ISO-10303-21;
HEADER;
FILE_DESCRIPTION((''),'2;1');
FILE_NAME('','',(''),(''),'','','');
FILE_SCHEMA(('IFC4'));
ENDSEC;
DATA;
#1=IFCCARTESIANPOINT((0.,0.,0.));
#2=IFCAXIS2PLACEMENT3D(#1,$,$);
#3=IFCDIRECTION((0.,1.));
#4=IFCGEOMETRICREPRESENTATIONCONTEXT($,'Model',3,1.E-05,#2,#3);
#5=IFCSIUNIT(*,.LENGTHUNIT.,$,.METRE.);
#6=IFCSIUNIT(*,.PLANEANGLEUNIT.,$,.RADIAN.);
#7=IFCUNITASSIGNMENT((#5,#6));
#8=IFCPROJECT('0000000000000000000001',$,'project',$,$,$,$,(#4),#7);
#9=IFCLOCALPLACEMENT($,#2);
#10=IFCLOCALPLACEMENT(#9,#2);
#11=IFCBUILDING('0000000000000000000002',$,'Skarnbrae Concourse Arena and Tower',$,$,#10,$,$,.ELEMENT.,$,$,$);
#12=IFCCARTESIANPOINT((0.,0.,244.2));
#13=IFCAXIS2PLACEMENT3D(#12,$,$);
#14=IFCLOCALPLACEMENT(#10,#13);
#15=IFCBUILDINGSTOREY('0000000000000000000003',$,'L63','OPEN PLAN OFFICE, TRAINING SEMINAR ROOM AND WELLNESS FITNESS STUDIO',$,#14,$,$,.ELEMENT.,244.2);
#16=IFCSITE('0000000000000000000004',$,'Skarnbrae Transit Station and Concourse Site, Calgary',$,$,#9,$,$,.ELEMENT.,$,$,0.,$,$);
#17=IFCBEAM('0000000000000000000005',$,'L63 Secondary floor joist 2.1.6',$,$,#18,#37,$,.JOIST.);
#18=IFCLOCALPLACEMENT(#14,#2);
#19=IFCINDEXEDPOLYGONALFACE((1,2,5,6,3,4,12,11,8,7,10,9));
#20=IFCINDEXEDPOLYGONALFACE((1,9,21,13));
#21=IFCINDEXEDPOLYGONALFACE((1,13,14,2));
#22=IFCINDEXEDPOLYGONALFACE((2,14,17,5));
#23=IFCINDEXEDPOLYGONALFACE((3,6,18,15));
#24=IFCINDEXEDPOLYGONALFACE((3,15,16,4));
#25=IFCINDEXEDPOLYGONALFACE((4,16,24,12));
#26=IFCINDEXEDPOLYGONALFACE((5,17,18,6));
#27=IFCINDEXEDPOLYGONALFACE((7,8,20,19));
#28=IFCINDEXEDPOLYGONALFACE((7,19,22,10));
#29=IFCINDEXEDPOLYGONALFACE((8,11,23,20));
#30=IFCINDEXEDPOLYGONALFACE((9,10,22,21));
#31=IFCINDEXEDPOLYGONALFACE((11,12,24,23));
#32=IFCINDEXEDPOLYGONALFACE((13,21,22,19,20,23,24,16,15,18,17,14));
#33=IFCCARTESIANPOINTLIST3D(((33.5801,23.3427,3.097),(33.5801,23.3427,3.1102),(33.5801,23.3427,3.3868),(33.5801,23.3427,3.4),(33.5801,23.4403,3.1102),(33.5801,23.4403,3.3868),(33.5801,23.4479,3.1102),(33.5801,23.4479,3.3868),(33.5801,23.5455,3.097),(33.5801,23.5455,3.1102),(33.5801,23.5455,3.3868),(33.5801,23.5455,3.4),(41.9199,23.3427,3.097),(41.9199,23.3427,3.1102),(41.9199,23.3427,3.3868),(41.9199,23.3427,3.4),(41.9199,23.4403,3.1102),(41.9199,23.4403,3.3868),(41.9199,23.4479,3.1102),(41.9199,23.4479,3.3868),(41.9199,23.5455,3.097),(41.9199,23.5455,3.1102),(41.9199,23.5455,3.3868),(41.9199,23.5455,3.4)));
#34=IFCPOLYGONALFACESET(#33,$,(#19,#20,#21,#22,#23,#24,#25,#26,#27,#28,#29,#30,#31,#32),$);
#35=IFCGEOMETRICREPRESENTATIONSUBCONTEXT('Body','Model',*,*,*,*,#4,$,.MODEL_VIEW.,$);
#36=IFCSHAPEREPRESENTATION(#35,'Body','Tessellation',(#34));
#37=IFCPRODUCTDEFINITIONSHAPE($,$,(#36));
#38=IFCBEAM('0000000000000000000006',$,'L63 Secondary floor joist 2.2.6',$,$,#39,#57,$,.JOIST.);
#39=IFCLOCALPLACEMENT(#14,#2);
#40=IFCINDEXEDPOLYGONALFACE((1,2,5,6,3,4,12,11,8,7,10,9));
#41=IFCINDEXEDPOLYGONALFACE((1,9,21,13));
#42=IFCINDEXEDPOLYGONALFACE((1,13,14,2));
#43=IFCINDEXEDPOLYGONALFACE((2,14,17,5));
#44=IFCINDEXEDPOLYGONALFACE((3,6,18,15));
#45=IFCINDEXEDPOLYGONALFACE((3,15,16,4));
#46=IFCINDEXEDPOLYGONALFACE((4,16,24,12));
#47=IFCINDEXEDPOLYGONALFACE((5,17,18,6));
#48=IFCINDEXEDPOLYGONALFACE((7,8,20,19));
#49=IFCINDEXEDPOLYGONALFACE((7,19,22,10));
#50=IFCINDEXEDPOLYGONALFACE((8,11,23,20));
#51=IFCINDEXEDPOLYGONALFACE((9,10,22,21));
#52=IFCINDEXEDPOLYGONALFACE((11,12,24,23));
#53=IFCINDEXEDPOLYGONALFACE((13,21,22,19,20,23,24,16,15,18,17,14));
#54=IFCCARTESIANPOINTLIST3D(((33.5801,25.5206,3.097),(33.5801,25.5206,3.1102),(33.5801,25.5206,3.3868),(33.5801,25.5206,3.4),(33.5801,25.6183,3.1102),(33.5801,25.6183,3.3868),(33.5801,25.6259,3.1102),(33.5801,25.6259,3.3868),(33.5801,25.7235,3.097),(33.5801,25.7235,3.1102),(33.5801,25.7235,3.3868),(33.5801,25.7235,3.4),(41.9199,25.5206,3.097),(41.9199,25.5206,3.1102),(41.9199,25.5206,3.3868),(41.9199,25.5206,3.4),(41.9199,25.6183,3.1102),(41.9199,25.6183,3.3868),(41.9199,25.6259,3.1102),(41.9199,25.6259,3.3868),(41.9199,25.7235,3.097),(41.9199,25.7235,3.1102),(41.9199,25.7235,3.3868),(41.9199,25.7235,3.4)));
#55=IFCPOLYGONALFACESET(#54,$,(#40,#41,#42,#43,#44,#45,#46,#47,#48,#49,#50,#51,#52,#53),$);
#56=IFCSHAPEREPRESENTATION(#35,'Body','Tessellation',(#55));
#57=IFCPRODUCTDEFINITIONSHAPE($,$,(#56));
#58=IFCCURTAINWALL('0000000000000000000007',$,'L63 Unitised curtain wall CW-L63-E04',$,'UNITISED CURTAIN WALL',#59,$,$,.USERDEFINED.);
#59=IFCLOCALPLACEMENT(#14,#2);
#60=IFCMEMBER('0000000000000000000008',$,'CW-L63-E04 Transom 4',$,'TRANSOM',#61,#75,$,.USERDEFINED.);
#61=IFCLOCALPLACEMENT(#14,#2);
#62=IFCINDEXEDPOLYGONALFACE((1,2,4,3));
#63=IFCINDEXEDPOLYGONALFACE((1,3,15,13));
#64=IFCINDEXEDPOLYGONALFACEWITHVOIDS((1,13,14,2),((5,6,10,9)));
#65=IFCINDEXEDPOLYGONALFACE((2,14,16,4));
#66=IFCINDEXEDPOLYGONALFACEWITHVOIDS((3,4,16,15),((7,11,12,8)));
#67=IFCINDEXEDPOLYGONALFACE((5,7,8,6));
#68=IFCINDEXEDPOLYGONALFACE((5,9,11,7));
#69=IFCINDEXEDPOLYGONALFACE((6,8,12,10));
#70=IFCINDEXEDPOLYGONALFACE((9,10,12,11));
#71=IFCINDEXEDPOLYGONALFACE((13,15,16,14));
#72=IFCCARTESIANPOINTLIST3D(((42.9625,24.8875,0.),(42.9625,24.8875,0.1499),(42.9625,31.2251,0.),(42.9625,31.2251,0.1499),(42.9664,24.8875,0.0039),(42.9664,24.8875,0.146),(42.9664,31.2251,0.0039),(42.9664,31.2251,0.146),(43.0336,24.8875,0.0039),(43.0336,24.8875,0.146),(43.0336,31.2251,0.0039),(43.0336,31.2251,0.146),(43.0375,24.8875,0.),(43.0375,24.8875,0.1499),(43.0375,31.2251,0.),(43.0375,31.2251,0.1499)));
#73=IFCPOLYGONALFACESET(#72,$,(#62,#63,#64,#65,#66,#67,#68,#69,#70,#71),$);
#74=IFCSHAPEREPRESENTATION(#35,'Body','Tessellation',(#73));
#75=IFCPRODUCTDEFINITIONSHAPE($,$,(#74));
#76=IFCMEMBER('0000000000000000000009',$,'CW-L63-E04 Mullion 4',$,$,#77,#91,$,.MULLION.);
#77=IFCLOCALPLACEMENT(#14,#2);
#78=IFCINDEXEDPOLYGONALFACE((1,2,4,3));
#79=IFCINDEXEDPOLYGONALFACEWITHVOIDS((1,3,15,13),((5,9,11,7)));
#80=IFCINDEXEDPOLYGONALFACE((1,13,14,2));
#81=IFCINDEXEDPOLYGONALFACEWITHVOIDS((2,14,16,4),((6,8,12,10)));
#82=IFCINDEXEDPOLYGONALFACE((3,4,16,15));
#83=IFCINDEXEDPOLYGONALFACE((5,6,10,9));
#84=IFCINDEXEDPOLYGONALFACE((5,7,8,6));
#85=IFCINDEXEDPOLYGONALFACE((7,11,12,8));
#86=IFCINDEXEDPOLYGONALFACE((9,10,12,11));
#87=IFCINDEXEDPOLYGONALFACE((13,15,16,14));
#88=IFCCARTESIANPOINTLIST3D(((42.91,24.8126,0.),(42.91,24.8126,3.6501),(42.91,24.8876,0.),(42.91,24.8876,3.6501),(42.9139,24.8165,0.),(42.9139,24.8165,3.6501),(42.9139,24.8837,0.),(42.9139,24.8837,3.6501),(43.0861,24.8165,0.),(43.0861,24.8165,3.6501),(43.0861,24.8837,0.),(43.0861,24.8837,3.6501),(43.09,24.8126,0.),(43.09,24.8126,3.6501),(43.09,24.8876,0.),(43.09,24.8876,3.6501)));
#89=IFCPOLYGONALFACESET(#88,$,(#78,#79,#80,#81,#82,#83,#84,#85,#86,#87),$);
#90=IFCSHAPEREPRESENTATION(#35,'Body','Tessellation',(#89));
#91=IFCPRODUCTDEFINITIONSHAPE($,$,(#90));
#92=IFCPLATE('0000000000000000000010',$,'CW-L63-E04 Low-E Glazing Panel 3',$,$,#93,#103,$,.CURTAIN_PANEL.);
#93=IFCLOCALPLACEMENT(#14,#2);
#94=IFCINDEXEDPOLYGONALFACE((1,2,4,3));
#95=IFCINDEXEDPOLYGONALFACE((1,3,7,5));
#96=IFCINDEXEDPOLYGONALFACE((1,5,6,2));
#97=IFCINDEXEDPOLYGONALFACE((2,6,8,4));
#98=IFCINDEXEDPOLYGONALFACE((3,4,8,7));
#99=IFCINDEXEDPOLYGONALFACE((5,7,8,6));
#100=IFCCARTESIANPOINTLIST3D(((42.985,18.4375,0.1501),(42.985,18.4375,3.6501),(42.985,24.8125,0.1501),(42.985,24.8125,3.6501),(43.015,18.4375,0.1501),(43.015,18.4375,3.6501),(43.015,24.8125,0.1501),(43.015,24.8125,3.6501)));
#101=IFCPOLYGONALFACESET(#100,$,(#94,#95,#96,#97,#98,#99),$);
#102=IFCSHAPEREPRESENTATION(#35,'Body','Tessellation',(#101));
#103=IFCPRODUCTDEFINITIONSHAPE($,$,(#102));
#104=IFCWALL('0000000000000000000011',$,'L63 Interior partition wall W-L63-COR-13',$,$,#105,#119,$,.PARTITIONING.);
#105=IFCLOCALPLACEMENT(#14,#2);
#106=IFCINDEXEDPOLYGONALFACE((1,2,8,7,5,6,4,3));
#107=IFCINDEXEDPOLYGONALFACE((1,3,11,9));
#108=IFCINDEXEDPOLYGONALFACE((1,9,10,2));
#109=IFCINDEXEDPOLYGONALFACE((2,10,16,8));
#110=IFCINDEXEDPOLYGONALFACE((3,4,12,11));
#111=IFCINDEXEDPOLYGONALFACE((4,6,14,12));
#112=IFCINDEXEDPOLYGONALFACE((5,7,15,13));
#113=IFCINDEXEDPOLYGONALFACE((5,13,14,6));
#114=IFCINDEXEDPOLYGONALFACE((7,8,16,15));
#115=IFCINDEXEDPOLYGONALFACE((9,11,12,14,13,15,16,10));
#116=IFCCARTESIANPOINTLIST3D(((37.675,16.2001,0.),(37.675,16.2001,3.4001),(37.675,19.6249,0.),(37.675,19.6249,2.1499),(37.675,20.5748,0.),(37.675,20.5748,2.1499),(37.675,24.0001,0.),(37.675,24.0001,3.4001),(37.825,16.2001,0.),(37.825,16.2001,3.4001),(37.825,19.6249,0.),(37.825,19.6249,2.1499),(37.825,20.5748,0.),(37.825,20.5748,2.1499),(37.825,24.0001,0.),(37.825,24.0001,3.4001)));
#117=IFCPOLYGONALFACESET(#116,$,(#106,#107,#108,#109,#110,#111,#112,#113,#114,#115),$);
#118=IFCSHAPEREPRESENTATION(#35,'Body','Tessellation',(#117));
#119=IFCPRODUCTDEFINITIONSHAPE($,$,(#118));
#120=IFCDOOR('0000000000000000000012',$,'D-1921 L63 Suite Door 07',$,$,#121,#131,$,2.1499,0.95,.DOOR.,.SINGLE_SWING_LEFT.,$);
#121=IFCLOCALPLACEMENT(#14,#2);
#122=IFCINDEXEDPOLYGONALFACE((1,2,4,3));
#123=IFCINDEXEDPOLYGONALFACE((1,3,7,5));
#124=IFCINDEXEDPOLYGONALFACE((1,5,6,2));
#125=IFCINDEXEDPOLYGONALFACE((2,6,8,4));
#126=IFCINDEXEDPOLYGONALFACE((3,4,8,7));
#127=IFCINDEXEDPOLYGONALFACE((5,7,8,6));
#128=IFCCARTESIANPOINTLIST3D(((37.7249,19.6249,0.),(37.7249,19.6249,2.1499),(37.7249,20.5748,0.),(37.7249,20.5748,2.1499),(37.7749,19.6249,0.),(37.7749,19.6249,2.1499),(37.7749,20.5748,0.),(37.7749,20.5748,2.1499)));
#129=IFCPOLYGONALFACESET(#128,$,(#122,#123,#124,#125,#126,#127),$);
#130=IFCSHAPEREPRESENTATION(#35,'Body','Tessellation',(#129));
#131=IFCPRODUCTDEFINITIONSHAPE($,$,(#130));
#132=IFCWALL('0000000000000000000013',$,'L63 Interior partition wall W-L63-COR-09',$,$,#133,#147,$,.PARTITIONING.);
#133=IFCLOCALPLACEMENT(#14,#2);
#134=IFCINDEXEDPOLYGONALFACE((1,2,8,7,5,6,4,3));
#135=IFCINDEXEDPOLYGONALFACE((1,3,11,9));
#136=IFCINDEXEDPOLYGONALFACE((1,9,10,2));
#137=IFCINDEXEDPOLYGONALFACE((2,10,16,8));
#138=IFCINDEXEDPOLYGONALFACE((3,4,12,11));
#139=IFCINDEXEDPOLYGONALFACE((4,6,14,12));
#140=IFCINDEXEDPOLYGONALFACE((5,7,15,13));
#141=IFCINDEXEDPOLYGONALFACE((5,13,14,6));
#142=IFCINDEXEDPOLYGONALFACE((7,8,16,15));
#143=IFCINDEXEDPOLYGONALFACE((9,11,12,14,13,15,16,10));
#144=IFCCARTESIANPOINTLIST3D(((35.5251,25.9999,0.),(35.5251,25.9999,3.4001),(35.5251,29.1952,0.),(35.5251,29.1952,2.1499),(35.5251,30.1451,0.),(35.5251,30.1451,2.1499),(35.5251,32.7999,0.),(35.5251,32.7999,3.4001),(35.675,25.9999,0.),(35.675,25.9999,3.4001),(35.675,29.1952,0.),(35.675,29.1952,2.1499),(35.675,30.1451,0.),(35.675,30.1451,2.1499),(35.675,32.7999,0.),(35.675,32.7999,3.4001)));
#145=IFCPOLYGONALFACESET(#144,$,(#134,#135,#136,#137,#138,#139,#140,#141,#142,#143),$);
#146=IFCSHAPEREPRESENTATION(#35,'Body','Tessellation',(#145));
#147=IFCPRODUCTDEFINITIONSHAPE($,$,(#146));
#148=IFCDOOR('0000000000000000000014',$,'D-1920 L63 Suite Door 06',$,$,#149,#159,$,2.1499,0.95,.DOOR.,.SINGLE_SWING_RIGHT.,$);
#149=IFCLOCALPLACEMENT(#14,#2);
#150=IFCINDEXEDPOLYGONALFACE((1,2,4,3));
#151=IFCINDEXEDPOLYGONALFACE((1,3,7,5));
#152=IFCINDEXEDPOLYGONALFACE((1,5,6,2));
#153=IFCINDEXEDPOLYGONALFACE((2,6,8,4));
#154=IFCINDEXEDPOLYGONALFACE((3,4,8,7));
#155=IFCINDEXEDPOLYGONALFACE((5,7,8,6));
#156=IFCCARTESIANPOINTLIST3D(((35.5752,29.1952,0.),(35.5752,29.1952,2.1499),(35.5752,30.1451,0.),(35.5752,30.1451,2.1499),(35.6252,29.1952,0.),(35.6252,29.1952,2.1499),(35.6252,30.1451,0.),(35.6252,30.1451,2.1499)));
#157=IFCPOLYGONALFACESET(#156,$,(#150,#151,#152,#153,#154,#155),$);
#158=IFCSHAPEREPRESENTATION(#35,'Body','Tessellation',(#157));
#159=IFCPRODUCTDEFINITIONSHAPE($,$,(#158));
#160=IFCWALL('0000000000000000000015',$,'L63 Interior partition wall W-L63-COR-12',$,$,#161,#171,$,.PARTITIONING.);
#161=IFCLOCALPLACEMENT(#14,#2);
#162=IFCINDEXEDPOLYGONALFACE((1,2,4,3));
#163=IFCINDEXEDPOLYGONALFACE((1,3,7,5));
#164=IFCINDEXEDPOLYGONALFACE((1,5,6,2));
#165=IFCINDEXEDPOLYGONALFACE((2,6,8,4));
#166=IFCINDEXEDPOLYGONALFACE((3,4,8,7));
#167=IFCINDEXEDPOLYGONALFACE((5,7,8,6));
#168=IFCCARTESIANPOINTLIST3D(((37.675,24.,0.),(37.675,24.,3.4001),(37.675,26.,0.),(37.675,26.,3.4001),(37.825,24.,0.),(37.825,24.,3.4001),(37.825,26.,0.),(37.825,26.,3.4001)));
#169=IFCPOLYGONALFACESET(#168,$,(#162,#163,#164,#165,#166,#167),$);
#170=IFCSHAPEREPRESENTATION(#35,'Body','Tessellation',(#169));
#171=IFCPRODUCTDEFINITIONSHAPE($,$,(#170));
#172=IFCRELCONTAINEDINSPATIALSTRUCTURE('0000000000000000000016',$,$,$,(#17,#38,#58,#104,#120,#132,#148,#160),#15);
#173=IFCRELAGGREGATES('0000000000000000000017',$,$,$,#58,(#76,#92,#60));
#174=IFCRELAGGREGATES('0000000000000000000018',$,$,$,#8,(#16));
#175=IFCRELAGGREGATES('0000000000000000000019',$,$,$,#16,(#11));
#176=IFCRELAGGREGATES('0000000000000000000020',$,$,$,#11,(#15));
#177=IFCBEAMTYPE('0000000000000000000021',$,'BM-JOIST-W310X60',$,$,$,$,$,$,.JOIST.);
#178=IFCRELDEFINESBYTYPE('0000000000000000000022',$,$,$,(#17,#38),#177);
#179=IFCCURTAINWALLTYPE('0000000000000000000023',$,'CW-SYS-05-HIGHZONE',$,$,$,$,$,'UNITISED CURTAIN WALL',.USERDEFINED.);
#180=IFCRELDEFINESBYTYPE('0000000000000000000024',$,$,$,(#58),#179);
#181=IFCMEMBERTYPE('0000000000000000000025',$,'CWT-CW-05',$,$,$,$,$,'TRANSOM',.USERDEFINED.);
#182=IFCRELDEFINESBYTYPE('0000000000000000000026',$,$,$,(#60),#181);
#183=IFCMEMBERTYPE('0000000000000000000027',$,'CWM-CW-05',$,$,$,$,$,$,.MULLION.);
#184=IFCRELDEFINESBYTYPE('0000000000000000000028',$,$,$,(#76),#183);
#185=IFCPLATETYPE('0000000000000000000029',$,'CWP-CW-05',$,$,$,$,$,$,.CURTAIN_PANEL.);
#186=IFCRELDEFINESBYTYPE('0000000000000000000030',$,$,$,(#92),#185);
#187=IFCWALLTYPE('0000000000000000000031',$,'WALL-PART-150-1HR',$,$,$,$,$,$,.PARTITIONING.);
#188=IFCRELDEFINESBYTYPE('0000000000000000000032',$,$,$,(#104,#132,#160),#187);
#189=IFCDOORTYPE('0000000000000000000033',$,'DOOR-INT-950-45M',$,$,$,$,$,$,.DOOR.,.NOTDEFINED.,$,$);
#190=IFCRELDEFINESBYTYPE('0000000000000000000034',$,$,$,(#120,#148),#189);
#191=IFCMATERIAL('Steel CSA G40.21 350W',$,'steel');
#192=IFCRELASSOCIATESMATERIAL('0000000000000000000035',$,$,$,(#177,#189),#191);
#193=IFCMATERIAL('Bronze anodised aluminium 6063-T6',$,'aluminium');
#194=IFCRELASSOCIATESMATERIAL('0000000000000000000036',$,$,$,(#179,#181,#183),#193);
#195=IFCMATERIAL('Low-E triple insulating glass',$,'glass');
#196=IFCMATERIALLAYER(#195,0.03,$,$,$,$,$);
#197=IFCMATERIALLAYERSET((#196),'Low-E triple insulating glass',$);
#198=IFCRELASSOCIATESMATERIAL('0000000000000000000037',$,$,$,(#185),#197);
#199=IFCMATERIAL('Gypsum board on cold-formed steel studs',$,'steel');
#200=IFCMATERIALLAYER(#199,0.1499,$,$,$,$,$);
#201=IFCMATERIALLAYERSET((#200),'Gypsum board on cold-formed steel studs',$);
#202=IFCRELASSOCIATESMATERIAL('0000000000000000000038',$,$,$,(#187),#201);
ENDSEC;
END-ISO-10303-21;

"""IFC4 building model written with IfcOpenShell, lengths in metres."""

from ifc_helpers import new_model, si_unit, direction, frame, frame_2d, origin, origin_2d, place, context, subcontext, project, spatial, rectangle, hollow_rectangle, i_section, extrude, source, transform, mapped, material, layer, layer_set, material_profile, profile_set, type_object, element, fill, aggregate, save


model = new_model("IFC4")

# Units and contexts
model_context = context("Model", 3, precision=1e-05, world=origin(), true_north=direction((0.0, 1.0)))
body_context = subcontext(model_context, "Body", "Model", "MODEL_VIEW")
ifc_project = project(units=[si_unit("LENGTHUNIT", "METRE"), si_unit("PLANEANGLEUNIT", "RADIAN")], contexts=[model_context])

# Site, building, storey
site_placement = place(None, origin())
site = spatial("IfcSite", under=ifc_project, at=site_placement, Name="Skarnbrae Transit Station and Concourse Site, Calgary", CompositionType="ELEMENT", RefElevation=0.0)
building_placement = place(site_placement, origin())
building = spatial("IfcBuilding", under=site, at=building_placement, Name="Skarnbrae Concourse Arena and Tower", CompositionType="ELEMENT")
storey_placement = place(building_placement, frame((0.0, 0.0, 244.2)))
storey = spatial("IfcBuildingStorey", under=building, at=storey_placement, Name="L63", Description="OPEN PLAN OFFICE, TRAINING SEMINAR ROOM AND WELLNESS FITNESS STUDIO", CompositionType="ELEMENT", Elevation=244.2)

# Shared definitions
ifc_material_1 = material(Name="Steel CSA G40.21 350W", Category="steel")

# Beams
ifc_material_profile_1 = material_profile(ifc_material_1, i_section(OverallWidth=0.2029, OverallDepth=0.303, WebThickness=0.0076, FlangeThickness=0.0132, at=origin_2d()), Name="W310X60")
ifc_profile_set_1 = profile_set([ifc_material_profile_1], Name="Steel CSA G40.21 350W")
beam_type_1 = type_object("IfcBeamType", Name="BM-JOIST-W310X60", PredefinedType="JOIST", material=ifc_profile_set_1)
shared_shape_1 = source(origin(), body_context, "Body", "SweptSolid", [
    extrude(i_section(OverallWidth=0.2029, OverallDepth=0.303, WebThickness=0.0076, FlangeThickness=0.0132, at=origin_2d()), origin(), (0.0, 0.0, 1.0), 8.3398),
])
for number, where, z_axis, x_axis, name in (
    (1, (33.5801, 23.4441, 3.2485), (1.0, 0.0, 0.0), (0.0, 1.0, 0.0), "L63 Secondary floor joist 2.1.6"),
    (2, (33.5801, 25.6221, 3.2485), (1.0, 0.0, 0.0), (0.0, 1.0, 0.0), "L63 Secondary floor joist 2.2.6"),
):
    element("IfcBeam", number, at=place(storey_placement, frame(where, z_axis=z_axis, x_axis=x_axis)), inside=storey, type_object=beam_type_1, Name=name, PredefinedType="JOIST", context=body_context, shape_type="MappedRepresentation", body=[
        mapped(shared_shape_1, transform((0.0, 0.0, 0.0))),
    ])

# Curtain wall, members, plate
ifc_material_2 = material(Name="Bronze anodised aluminium 6063-T6", Category="aluminium")
curtain_wall_type = type_object("IfcCurtainWallType", Name="CW-SYS-05-HIGHZONE", ElementType="UNITISED CURTAIN WALL", PredefinedType="USERDEFINED", material=ifc_material_2)
curtain_wall_placement = place(storey_placement, origin())
curtain_wall = element("IfcCurtainWall", 3, at=curtain_wall_placement, inside=storey, type_object=curtain_wall_type, Name="L63 Unitised curtain wall CW-L63-E04", ObjectType="UNITISED CURTAIN WALL", PredefinedType="USERDEFINED")
ifc_material_profile_2 = material_profile(ifc_material_2, hollow_rectangle(XDim=0.075, YDim=0.1499, WallThickness=0.0039, at=origin_2d()), Name="ALU-TRAN-75X150")
ifc_profile_set_2 = profile_set([ifc_material_profile_2], Name="Bronze anodised aluminium 6063-T6")
member_type_1 = type_object("IfcMemberType", Name="CWT-CW-05", ElementType="TRANSOM", PredefinedType="USERDEFINED", material=ifc_profile_set_2)
shared_shape_2 = source(origin(), body_context, "Body", "SweptSolid", [
    extrude(hollow_rectangle(XDim=0.075, YDim=0.1499, WallThickness=0.0039, at=origin_2d()), origin(), (0.0, 0.0, 1.0), 6.3376),
])
member_1_placement = place(storey_placement, frame((43.0, 24.8875, 0.075), z_axis=(0.0, 1.0, 0.0), x_axis=(-1.0, 0.0, 0.0)))
member_1 = element("IfcMember", 4, at=member_1_placement, type_object=member_type_1, Name="CW-L63-E04 Transom 4", ObjectType="TRANSOM", PredefinedType="USERDEFINED", context=body_context, shape_type="MappedRepresentation", body=[
    mapped(shared_shape_2, transform((0.0, 0.0, 0.0))),
])
ifc_material_profile_3 = material_profile(ifc_material_2, hollow_rectangle(XDim=0.075, YDim=0.1799, WallThickness=0.0039, at=origin_2d()), Name="ALU-MULL-75X180")
ifc_profile_set_3 = profile_set([ifc_material_profile_3], Name="Bronze anodised aluminium 6063-T6")
member_type_2 = type_object("IfcMemberType", Name="CWM-CW-05", PredefinedType="MULLION", material=ifc_profile_set_3)
shared_shape_3 = source(origin(), body_context, "Body", "SweptSolid", [
    extrude(hollow_rectangle(XDim=0.075, YDim=0.1799, WallThickness=0.0039, at=origin_2d()), origin(), (0.0, 0.0, 1.0), 3.6501),
])
member_2_placement = place(storey_placement, frame((43.0, 24.8501, 0.0), z_axis=(0.0, 0.0, 1.0), x_axis=(0.0, 1.0, 0.0)))
member_2 = element("IfcMember", 5, at=member_2_placement, type_object=member_type_2, Name="CW-L63-E04 Mullion 4", PredefinedType="MULLION", context=body_context, shape_type="MappedRepresentation", body=[
    mapped(shared_shape_3, transform((0.0, 0.0, 0.0))),
])
ifc_material_3 = material(Name="Low-E triple insulating glass", Category="glass")
ifc_layer_1 = layer(ifc_material_3, 0.03)
ifc_layer_set_1 = layer_set([ifc_layer_1], Name="Low-E triple insulating glass")
plate_type = type_object("IfcPlateType", Name="CWP-CW-05", PredefinedType="CURTAIN_PANEL", material=ifc_layer_set_1)
shared_shape_4 = source(origin(), body_context, "Body", "SweptSolid", [
    extrude(rectangle(XDim=6.375, YDim=0.03, at=origin_2d()), origin(), (0.0, 0.0, 1.0), 3.5),
])
plate_placement = place(storey_placement, frame((43.0, 21.625, 0.1501), z_axis=(0.0, 0.0, 1.0), x_axis=(0.0, 1.0, 0.0)))
plate = element("IfcPlate", 6, at=plate_placement, type_object=plate_type, Name="CW-L63-E04 Low-E Glazing Panel 3", PredefinedType="CURTAIN_PANEL", context=body_context, shape_type="MappedRepresentation", body=[
    mapped(shared_shape_4, transform((0.0, 0.0, 0.0))),
])
aggregate(curtain_wall, [member_2, plate, member_1])

# Walls, openings, doors
ifc_material_4 = material(Name="Gypsum board on cold-formed steel studs", Category="steel")
ifc_layer_2 = layer(ifc_material_4, 0.1499)
ifc_layer_set_2 = layer_set([ifc_layer_2], Name="Gypsum board on cold-formed steel studs")
wall_type_1 = type_object("IfcWallType", Name="WALL-PART-150-1HR", PredefinedType="PARTITIONING", material=ifc_layer_set_2)
shared_shape_5 = source(origin(), body_context, "Body", "SweptSolid", [
    extrude(rectangle(XDim=7.8, YDim=0.1499, at=frame_2d((3.8999, 0.0))), origin(), (0.0, 0.0, 1.0), 3.4001),
])
wall_1_placement = place(storey_placement, frame((37.75, 24.0, 0.0), z_axis=(0.0, 0.0, 1.0), x_axis=(0.0, -1.0, 0.0)))
wall_1 = element("IfcWall", 7, at=wall_1_placement, inside=storey, type_object=wall_type_1, Name="L63 Interior partition wall W-L63-COR-13", PredefinedType="PARTITIONING", context=body_context, shape_type="MappedRepresentation", body=[
    mapped(shared_shape_5, transform((0.0, 0.0, 0.0))),
])
opening_1_placement = place(wall_1_placement, frame((3.425, 0.0, 0.0)))
opening_1 = element("IfcOpeningElement", 8, at=opening_1_placement, cuts=wall_1, PredefinedType="OPENING", context=body_context, shape_type="SweptSolid", body=[
    extrude(rectangle(XDim=0.95, YDim=2.1499, at=frame_2d((0.4751, 1.075))), frame((0.0, 0.085, 0.0), z_axis=(0.0, -1.0, 0.0), x_axis=(1.0, 0.0, 0.0)), (0.0, 0.0, 1.0), 0.1699),
])
door_type = type_object("IfcDoorType", Name="DOOR-INT-950-45M", OperationType="NOTDEFINED", PredefinedType="DOOR", material=ifc_material_1)
shared_shape_6 = source(origin(), body_context, "Body", "SweptSolid", [
    extrude(rectangle(XDim=0.95, YDim=2.1499, at=frame_2d((0.4751, 1.075))), frame((0.0, 0.0249, 0.0), z_axis=(0.0, -1.0, 0.0), x_axis=(1.0, 0.0, 0.0)), (0.0, 0.0, 1.0), 0.05),
])
door_1_placement = place(opening_1_placement, origin())
door_1 = element("IfcDoor", 9, at=door_1_placement, inside=storey, type_object=door_type, Name="D-1921 L63 Suite Door 07", OperationType="SINGLE_SWING_LEFT", OverallHeight=2.1499, OverallWidth=0.95, PredefinedType="DOOR", context=body_context, shape_type="MappedRepresentation", body=[
    mapped(shared_shape_6, transform((0.0, 0.0, 0.0))),
])
fill(opening_1, door_1)
shared_shape_7 = source(origin(), body_context, "Body", "SweptSolid", [
    extrude(rectangle(XDim=6.8, YDim=0.1499, at=frame_2d((3.3999, 0.0))), origin(), (0.0, 0.0, 1.0), 3.4001),
])
wall_2_placement = place(storey_placement, frame((35.6001, 26.0, 0.0), z_axis=(0.0, 0.0, 1.0), x_axis=(0.0, 1.0, 0.0)))
wall_2 = element("IfcWall", 10, at=wall_2_placement, inside=storey, type_object=wall_type_1, Name="L63 Interior partition wall W-L63-COR-09", PredefinedType="PARTITIONING", context=body_context, shape_type="MappedRepresentation", body=[
    mapped(shared_shape_7, transform((0.0, 0.0, 0.0))),
])
opening_2_placement = place(wall_2_placement, frame((3.1951, 0.0, 0.0)))
opening_2 = element("IfcOpeningElement", 11, at=opening_2_placement, cuts=wall_2, PredefinedType="OPENING", context=body_context, shape_type="SweptSolid", body=[
    extrude(rectangle(XDim=0.95, YDim=2.1499, at=frame_2d((0.4751, 1.075))), frame((0.0, 0.085, 0.0), z_axis=(0.0, -1.0, 0.0), x_axis=(1.0, 0.0, 0.0)), (0.0, 0.0, 1.0), 0.1699),
])
door_2_placement = place(opening_2_placement, origin())
door_2 = element("IfcDoor", 12, at=door_2_placement, inside=storey, type_object=door_type, Name="D-1920 L63 Suite Door 06", OperationType="SINGLE_SWING_RIGHT", OverallHeight=2.1499, OverallWidth=0.95, PredefinedType="DOOR", context=body_context, shape_type="MappedRepresentation", body=[
    mapped(shared_shape_6, transform((0.0, 0.0, 0.0))),
])
fill(opening_2, door_2)

# Wall
shared_shape_8 = source(origin(), body_context, "Body", "SweptSolid", [
    extrude(rectangle(XDim=2.0, YDim=0.1499, at=frame_2d((1.0, 0.0))), origin(), (0.0, 0.0, 1.0), 3.4001),
])
wall_3_placement = place(storey_placement, frame((37.75, 26.0, 0.0), z_axis=(0.0, 0.0, 1.0), x_axis=(0.0, -1.0, 0.0)))
element("IfcWall", 13, at=wall_3_placement, inside=storey, type_object=wall_type_1, Name="L63 Interior partition wall W-L63-COR-12", PredefinedType="PARTITIONING", context=body_context, shape_type="MappedRepresentation", body=[
    mapped(shared_shape_8, transform((0.0, 0.0, 0.0))),
])

save(model, "model.ifc")
